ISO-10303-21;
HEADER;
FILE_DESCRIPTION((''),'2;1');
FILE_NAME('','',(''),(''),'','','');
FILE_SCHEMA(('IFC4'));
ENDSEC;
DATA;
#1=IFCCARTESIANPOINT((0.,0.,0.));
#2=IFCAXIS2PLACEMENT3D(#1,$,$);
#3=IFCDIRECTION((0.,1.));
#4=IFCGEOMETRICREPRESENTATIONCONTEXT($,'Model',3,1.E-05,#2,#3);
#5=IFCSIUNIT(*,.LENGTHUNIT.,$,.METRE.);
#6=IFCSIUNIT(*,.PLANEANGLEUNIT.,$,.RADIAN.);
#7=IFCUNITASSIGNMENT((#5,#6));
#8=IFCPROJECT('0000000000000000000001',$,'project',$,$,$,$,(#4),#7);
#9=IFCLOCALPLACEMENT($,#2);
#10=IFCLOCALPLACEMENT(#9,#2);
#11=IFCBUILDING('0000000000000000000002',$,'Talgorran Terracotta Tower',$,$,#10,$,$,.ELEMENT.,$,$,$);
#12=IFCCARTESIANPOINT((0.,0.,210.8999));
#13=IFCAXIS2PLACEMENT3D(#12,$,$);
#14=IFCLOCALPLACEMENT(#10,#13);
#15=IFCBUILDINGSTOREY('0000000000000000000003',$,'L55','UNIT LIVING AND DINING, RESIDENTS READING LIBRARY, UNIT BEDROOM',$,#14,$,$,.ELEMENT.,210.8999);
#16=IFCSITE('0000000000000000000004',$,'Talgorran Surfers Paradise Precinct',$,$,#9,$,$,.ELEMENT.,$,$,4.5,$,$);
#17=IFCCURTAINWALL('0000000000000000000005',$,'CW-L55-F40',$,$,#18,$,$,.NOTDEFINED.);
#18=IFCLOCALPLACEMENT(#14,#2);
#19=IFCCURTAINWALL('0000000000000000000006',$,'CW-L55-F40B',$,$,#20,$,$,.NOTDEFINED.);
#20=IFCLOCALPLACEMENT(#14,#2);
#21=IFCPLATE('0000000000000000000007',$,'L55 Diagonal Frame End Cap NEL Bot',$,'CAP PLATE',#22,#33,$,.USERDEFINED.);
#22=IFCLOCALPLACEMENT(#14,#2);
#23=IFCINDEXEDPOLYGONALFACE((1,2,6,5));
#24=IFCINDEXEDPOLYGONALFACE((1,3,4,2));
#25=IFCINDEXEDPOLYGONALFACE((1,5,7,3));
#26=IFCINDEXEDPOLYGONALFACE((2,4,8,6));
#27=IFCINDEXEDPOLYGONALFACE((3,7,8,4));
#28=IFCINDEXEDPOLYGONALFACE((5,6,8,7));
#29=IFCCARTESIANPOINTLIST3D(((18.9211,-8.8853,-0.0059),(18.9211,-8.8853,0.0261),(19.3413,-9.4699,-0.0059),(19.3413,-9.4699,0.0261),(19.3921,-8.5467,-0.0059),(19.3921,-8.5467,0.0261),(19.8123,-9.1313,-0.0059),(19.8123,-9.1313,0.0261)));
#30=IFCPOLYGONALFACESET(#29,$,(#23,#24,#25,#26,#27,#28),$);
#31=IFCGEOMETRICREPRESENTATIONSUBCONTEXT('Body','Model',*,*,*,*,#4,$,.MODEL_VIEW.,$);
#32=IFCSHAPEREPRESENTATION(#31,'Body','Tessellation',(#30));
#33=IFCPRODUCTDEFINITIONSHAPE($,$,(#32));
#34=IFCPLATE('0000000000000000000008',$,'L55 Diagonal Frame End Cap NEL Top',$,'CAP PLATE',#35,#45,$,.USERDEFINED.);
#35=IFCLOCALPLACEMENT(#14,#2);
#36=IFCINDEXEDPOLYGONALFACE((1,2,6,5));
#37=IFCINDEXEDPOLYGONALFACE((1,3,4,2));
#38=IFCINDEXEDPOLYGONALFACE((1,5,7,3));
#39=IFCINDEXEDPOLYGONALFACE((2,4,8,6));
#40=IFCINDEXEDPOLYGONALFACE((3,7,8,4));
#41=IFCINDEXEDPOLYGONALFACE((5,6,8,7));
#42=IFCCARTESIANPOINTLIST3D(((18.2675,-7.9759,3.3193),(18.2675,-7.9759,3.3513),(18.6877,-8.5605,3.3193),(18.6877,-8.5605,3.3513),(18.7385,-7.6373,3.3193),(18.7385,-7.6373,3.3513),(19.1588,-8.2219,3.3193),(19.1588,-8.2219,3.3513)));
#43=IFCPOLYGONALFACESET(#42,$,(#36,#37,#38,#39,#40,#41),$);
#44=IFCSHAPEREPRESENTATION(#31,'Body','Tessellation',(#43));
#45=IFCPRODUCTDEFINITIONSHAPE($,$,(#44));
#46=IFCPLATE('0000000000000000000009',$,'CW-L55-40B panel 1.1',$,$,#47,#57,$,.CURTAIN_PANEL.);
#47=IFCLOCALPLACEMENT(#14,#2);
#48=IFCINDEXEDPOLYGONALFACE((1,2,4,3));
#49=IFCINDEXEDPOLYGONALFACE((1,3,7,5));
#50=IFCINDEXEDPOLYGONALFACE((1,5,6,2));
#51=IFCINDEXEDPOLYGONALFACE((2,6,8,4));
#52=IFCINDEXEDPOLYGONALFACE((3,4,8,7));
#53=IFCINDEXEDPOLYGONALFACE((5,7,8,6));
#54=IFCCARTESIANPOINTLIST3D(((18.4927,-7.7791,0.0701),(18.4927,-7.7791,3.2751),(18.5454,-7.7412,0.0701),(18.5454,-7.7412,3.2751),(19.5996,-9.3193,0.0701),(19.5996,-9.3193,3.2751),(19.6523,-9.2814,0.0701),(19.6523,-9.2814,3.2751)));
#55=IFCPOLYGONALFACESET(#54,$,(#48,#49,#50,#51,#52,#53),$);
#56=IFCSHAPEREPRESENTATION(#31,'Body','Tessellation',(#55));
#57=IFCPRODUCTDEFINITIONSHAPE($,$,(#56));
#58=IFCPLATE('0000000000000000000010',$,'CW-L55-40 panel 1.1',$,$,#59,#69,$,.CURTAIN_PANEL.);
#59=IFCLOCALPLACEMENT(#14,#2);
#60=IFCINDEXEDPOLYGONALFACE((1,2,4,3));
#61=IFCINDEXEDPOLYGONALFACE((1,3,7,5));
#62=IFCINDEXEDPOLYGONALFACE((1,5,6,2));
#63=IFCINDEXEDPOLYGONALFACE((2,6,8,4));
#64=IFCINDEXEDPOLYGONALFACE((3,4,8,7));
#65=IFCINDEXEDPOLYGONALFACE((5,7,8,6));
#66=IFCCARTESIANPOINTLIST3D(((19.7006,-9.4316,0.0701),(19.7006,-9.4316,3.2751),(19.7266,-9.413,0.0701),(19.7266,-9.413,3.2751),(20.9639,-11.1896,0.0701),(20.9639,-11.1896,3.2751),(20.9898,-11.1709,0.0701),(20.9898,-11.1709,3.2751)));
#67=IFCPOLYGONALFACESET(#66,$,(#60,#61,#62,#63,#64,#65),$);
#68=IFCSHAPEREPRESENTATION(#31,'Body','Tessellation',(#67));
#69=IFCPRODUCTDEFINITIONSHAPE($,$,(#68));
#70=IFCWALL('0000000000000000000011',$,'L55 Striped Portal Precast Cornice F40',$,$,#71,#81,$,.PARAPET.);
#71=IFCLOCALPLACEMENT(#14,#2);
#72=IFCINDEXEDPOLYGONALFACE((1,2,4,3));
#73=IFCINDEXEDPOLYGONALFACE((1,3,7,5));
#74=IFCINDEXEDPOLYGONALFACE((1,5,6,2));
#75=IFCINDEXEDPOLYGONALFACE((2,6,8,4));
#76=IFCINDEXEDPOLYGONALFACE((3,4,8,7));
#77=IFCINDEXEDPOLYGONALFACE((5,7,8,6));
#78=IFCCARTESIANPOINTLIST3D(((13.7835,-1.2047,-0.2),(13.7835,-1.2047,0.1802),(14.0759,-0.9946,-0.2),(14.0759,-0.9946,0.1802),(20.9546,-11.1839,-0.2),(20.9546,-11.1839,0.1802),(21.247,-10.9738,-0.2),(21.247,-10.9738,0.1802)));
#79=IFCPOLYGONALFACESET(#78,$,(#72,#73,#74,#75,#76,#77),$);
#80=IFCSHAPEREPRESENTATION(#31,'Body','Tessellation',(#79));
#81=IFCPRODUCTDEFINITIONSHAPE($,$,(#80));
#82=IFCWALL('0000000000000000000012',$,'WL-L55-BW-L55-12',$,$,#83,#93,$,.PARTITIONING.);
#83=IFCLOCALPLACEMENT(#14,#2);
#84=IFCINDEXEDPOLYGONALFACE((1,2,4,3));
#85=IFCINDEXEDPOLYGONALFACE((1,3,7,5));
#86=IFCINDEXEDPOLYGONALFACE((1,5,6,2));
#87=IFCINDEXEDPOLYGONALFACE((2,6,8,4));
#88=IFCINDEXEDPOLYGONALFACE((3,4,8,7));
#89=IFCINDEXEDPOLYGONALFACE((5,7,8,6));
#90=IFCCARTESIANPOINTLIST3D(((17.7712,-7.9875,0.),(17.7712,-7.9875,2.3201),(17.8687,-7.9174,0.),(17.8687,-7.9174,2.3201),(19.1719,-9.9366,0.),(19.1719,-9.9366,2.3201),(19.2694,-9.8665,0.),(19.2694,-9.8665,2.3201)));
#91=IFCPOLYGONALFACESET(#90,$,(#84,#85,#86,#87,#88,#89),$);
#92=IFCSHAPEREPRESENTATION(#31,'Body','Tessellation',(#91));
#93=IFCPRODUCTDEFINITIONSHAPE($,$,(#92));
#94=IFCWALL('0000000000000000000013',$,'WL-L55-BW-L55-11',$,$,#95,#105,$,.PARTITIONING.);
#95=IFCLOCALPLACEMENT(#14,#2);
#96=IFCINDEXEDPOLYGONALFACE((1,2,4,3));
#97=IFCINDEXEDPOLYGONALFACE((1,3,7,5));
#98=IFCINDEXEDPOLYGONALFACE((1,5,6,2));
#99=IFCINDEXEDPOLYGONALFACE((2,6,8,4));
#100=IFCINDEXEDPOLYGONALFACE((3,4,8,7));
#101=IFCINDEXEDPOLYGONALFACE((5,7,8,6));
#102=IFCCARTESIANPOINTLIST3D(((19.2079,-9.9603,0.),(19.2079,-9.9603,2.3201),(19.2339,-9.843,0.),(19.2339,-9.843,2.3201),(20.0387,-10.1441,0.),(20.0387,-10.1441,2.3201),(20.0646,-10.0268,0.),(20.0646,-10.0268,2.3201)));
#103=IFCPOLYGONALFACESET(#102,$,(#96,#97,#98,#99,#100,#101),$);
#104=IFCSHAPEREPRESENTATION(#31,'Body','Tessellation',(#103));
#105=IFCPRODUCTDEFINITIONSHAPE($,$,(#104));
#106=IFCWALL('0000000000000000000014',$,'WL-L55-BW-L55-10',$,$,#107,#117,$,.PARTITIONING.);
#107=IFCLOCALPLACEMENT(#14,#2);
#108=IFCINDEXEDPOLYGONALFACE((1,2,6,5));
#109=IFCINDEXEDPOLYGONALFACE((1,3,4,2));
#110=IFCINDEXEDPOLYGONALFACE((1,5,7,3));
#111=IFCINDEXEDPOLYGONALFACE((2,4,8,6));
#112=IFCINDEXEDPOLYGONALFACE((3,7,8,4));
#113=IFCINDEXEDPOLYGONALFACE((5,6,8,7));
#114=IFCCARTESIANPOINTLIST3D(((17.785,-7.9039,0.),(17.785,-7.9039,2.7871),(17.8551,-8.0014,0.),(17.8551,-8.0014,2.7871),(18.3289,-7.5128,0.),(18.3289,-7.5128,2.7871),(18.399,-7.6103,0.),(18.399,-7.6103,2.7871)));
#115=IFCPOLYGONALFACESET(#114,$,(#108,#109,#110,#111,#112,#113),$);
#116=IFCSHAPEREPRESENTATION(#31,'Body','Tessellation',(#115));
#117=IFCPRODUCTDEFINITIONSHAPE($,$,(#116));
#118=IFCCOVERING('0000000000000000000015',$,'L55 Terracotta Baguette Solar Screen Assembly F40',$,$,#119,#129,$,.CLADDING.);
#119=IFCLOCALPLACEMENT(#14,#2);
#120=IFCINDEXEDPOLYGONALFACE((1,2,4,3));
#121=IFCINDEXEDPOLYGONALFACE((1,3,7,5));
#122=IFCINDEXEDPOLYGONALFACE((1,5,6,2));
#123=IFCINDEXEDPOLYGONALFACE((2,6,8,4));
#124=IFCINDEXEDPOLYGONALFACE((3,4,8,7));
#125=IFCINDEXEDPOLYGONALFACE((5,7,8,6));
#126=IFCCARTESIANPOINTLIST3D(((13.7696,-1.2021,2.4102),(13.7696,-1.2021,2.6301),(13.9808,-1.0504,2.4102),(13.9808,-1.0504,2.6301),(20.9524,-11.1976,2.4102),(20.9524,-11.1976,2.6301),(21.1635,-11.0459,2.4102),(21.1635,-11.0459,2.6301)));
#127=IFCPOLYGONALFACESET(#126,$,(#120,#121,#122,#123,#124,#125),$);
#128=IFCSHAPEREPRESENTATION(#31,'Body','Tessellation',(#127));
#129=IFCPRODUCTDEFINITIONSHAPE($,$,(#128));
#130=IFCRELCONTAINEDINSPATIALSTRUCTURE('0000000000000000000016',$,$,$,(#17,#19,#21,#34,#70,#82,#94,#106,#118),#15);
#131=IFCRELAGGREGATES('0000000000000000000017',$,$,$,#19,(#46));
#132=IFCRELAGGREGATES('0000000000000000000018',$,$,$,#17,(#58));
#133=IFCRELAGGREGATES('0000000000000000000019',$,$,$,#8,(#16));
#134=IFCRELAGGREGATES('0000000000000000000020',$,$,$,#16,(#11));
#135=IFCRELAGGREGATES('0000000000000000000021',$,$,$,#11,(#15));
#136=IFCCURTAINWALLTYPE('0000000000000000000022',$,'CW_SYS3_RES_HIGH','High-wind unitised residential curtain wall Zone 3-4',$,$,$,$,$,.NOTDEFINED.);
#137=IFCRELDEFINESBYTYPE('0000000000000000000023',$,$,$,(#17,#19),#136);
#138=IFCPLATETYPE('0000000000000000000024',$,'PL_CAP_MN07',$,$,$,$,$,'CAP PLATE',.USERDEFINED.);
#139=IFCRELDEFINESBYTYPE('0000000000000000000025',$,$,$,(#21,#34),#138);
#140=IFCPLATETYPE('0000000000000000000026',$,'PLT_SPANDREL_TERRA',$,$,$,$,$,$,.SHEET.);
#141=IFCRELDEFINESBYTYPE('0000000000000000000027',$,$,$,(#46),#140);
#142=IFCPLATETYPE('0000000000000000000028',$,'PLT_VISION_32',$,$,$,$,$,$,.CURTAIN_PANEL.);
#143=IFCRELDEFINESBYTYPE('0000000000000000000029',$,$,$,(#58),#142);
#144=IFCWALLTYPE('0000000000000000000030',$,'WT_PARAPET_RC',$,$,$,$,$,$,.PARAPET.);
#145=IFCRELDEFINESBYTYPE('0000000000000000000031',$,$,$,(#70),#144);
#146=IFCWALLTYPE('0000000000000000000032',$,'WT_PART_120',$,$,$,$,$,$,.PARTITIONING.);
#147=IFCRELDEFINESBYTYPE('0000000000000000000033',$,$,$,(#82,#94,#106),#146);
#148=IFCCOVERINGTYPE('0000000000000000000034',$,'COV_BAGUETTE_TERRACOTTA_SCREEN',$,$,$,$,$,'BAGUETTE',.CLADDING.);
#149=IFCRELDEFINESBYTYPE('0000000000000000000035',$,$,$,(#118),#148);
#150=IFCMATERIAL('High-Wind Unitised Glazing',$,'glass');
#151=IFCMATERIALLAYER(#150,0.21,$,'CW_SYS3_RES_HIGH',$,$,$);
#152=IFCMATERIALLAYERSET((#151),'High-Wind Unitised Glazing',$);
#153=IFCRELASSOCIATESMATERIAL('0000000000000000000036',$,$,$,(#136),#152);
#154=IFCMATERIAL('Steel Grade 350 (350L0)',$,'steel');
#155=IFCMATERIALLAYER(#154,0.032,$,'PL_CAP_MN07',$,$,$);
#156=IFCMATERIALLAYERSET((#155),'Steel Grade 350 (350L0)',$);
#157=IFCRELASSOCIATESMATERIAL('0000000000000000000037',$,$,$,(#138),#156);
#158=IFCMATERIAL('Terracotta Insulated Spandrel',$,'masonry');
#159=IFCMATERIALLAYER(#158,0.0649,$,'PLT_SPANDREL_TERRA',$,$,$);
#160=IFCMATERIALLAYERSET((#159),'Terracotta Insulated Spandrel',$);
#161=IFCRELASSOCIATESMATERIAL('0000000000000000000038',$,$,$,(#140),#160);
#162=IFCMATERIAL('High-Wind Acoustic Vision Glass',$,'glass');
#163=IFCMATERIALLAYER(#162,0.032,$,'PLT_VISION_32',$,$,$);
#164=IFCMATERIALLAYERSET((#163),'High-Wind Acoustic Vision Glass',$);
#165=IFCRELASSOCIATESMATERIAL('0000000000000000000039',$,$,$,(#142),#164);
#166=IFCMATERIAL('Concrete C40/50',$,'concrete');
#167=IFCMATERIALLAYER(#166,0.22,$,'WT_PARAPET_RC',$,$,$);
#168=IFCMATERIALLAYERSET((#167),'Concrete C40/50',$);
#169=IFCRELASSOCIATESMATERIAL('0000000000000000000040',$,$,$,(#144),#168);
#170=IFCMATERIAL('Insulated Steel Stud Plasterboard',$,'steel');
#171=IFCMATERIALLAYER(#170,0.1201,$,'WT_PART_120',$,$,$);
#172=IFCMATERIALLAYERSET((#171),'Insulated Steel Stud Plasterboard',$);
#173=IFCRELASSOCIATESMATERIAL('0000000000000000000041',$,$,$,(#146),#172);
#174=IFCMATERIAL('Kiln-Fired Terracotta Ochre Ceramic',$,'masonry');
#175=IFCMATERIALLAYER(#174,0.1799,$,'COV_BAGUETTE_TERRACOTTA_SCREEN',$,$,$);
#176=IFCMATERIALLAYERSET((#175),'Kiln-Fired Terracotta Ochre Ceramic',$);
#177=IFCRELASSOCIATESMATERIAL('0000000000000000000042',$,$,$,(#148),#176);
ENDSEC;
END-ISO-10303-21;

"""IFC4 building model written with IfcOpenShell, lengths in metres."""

from ifc_helpers import new_model, si_unit, direction, frame, frame_2d, origin, origin_2d, place, context, subcontext, project, spatial, rectangle, extrude, source, transform, mapped, material, layer, layer_set, type_object, type_shapes, element, aggregate, save


model = new_model("IFC4")

# Units and contexts
model_context = context("Model", 3, precision=1e-05, world=origin(), true_north=direction((0.0, 1.0)))
body_context = subcontext(model_context, "Body", "Model", "MODEL_VIEW")
ifc_project = project(units=[si_unit("LENGTHUNIT", "METRE"), si_unit("PLANEANGLEUNIT", "RADIAN")], contexts=[model_context])

# Site, building, storey
site_placement = place(None, origin())
site = spatial("IfcSite", under=ifc_project, at=site_placement, Name="Talgorran Surfers Paradise Precinct", CompositionType="ELEMENT", RefElevation=4.5)
building_placement = place(site_placement, origin())
building = spatial("IfcBuilding", under=site, at=building_placement, Name="Talgorran Terracotta Tower", CompositionType="ELEMENT")
storey_placement = place(building_placement, frame((0.0, 0.0, 210.8999)))
storey = spatial("IfcBuildingStorey", under=building, at=storey_placement, Name="L55", Description="UNIT LIVING AND DINING, RESIDENTS READING LIBRARY, UNIT BEDROOM", CompositionType="ELEMENT", Elevation=210.8999)

# Shared definitions
ifc_material_1 = material(Name="Steel Grade 350 (350L0)", Category="steel")

# Curtain walls
ifc_material_2 = material(Name="High-Wind Unitised Glazing", Category="glass")
ifc_layer_1 = layer(ifc_material_2, 0.21, Name="CW_SYS3_RES_HIGH")
ifc_layer_set_1 = layer_set([ifc_layer_1], Name="High-Wind Unitised Glazing")
curtain_wall_type = type_object("IfcCurtainWallType", Name="CW_SYS3_RES_HIGH", Description="High-wind unitised residential curtain wall Zone 3-4", PredefinedType="NOTDEFINED", material=ifc_layer_set_1)
curtain_wall_1_placement = place(storey_placement, origin())
curtain_wall_1 = element("IfcCurtainWall", 1, at=curtain_wall_1_placement, inside=storey, type_object=curtain_wall_type, Name="CW-L55-F40", PredefinedType="NOTDEFINED")
curtain_wall_2_placement = place(storey_placement, origin())
curtain_wall_2 = element("IfcCurtainWall", 2, at=curtain_wall_2_placement, inside=storey, type_object=curtain_wall_type, Name="CW-L55-F40B", PredefinedType="NOTDEFINED")

# Plates
ifc_layer_2 = layer(ifc_material_1, 0.032, Name="PL_CAP_MN07")
ifc_layer_set_2 = layer_set([ifc_layer_2], Name="Steel Grade 350 (350L0)")
plate_type_1 = type_object("IfcPlateType", Name="PL_CAP_MN07", ElementType="CAP PLATE", PredefinedType="USERDEFINED", material=ifc_layer_set_2)
for number, where, z_axis, x_axis, name in (
    (3, (19.3667, -9.0083, -0.0059), (0.0, 0.0, 1.0), (-0.583683, 0.811982, 0.0), "L55 Diagonal Frame End Cap NEL Bot"),
    (4, (18.7131, -8.0989, 3.3193), (0.0, 0.0, 1.0), (-0.583683, 0.811982, 0.0), "L55 Diagonal Frame End Cap NEL Top"),
):
    element("IfcPlate", number, at=place(storey_placement, frame(where, z_axis=z_axis, x_axis=x_axis)), inside=storey, type_object=plate_type_1, Name=name, ObjectType="CAP PLATE", PredefinedType="USERDEFINED", context=body_context, shape_type="SweptSolid", body=[
        extrude(rectangle(XDim=0.72, YDim=0.5801, at=origin_2d()), origin(), (0.0, 0.0, 1.0), 0.032),
    ])

# Plates
ifc_material_3 = material(Name="Terracotta Insulated Spandrel", Category="masonry")
ifc_layer_3 = layer(ifc_material_3, 0.0649, Name="PLT_SPANDREL_TERRA")
ifc_layer_set_3 = layer_set([ifc_layer_3], Name="Terracotta Insulated Spandrel")
plate_type_2 = type_object("IfcPlateType", Name="PLT_SPANDREL_TERRA", PredefinedType="SHEET", material=ifc_layer_set_3)
shared_shape_1 = source(origin(), body_context, "Body", "SweptSolid", [
    extrude(rectangle(XDim=1.8967, YDim=0.0649, at=origin_2d()), origin(), (0.0, 0.0, 1.0), 3.2051),
])
type_shapes(plate_type_2, [shared_shape_1])
plate_1_placement = place(storey_placement, frame((19.0725, -8.5303, 0.0701), z_axis=(0.0, 0.0, 1.0), x_axis=(-0.583591, 0.812048, 0.0)))
plate_1 = element("IfcPlate", 5, at=plate_1_placement, type_object=plate_type_2, Name="CW-L55-40B panel 1.1", PredefinedType="CURTAIN_PANEL", context=body_context, shape_type="MappedRepresentation", body=[
    mapped(shared_shape_1, transform((0.0, 0.0, 0.0), scale=1.0)),
])
aggregate(curtain_wall_2, [plate_1])
ifc_material_4 = material(Name="High-Wind Acoustic Vision Glass", Category="glass")
ifc_layer_4 = layer(ifc_material_4, 0.032, Name="PLT_VISION_32")
ifc_layer_set_4 = layer_set([ifc_layer_4], Name="High-Wind Acoustic Vision Glass")
plate_type_3 = type_object("IfcPlateType", Name="PLT_VISION_32", PredefinedType="CURTAIN_PANEL", material=ifc_layer_set_4)
shared_shape_2 = source(origin(), body_context, "Body", "SweptSolid", [
    extrude(rectangle(XDim=2.1648, YDim=0.032, at=origin_2d()), origin(), (0.0, 0.0, 1.0), 3.2051),
])
type_shapes(plate_type_3, [shared_shape_2])
plate_2_placement = place(storey_placement, frame((20.3452, -10.3013, 0.0701), z_axis=(0.0, 0.0, 1.0), x_axis=(-0.583555, 0.812074, 0.0)))
plate_2 = element("IfcPlate", 6, at=plate_2_placement, type_object=plate_type_3, Name="CW-L55-40 panel 1.1", PredefinedType="CURTAIN_PANEL", context=body_context, shape_type="MappedRepresentation", body=[
    mapped(shared_shape_2, transform((0.0, 0.0, 0.0), scale=1.0)),
])
aggregate(curtain_wall_1, [plate_2])

# Walls
ifc_material_5 = material(Name="Concrete C40/50", Category="concrete")
ifc_layer_5 = layer(ifc_material_5, 0.22, Name="WT_PARAPET_RC")
ifc_layer_set_5 = layer_set([ifc_layer_5], Name="Concrete C40/50")
wall_type_1 = type_object("IfcWallType", Name="WT_PARAPET_RC", PredefinedType="PARAPET", material=ifc_layer_set_5)
wall_1_placement = place(storey_placement, frame((21.1008, -11.0789, -0.2), z_axis=(0.0, 0.0, 1.0), x_axis=(-0.583559, 0.812071, 0.0)))
element("IfcWall", 7, at=wall_1_placement, inside=storey, type_object=wall_type_1, Name="L55 Striped Portal Precast Cornice F40", PredefinedType="PARAPET", context=body_context, shape_type="SweptSolid", body=[
    extrude(rectangle(XDim=12.2886, YDim=0.3601, at=frame_2d((6.1443, 0.0))), origin(), (0.0, 0.0, 1.0), 0.3801),
])
ifc_material_6 = material(Name="Insulated Steel Stud Plasterboard", Category="steel")
ifc_layer_6 = layer(ifc_material_6, 0.1201, Name="WT_PART_120")
ifc_layer_set_6 = layer_set([ifc_layer_6], Name="Insulated Steel Stud Plasterboard")
wall_type_2 = type_object("IfcWallType", Name="WT_PART_120", PredefinedType="PARTITIONING", material=ifc_layer_set_6)
wall_2_placement = place(storey_placement, frame((19.2207, -9.9016, 0.0), z_axis=(0.0, 0.0, 1.0), x_axis=(-0.583584, 0.812053, 0.0)))
element("IfcWall", 8, at=wall_2_placement, inside=storey, type_object=wall_type_2, Name="WL-L55-BW-L55-12", PredefinedType="PARTITIONING", context=body_context, shape_type="SweptSolid", body=[
    extrude(rectangle(XDim=2.4001, YDim=0.1201, at=frame_2d((1.2002, 0.0))), origin(), (0.0, 0.0, 1.0), 2.3201),
])
wall_3_placement = place(storey_placement, frame((20.0515, -10.0854, 0.0), z_axis=(0.0, 0.0, 1.0), x_axis=(-0.976382, 0.216049, 0.0)))
element("IfcWall", 9, at=wall_3_placement, inside=storey, type_object=wall_type_2, Name="WL-L55-BW-L55-11", PredefinedType="PARTITIONING", context=body_context, shape_type="SweptSolid", body=[
    extrude(rectangle(XDim=0.8508, YDim=0.1201, at=frame_2d((0.4253, 0.0))), origin(), (0.0, 0.0, 1.0), 2.3201),
])
wall_4_placement = place(storey_placement, frame((17.8201, -7.9526, 0.0), z_axis=(0.0, 0.0, 1.0), x_axis=(0.811907, 0.583786, 0.0)))
element("IfcWall", 10, at=wall_4_placement, inside=storey, type_object=wall_type_2, Name="WL-L55-BW-L55-10", PredefinedType="PARTITIONING", context=body_context, shape_type="SweptSolid", body=[
    extrude(rectangle(XDim=0.6699, YDim=0.1201, at=frame_2d((0.335, 0.0))), origin(), (0.0, 0.0, 1.0), 2.7871),
])

# Covering
ifc_material_7 = material(Name="Kiln-Fired Terracotta Ochre Ceramic", Category="masonry")
ifc_layer_7 = layer(ifc_material_7, 0.1799, Name="COV_BAGUETTE_TERRACOTTA_SCREEN")
ifc_layer_set_7 = layer_set([ifc_layer_7], Name="Kiln-Fired Terracotta Ochre Ceramic")
covering_type = type_object("IfcCoveringType", Name="COV_BAGUETTE_TERRACOTTA_SCREEN", ElementType="BAGUETTE", PredefinedType="CLADDING", material=ifc_layer_set_7)
covering_placement = place(storey_placement, frame((17.4666, -6.124, 2.4102), z_axis=(0.0, 0.0, 1.0), x_axis=(-0.583555, 0.812073, 0.0)))
element("IfcCovering", 11, at=covering_placement, inside=storey, type_object=covering_type, Name="L55 Terracotta Baguette Solar Screen Assembly F40", PredefinedType="CLADDING", context=body_context, shape_type="SweptSolid", body=[
    extrude(rectangle(XDim=12.3086, YDim=0.26, at=origin_2d()), origin(), (0.0, 0.0, 1.0), 0.22),
])

save(model, "model.ifc")
